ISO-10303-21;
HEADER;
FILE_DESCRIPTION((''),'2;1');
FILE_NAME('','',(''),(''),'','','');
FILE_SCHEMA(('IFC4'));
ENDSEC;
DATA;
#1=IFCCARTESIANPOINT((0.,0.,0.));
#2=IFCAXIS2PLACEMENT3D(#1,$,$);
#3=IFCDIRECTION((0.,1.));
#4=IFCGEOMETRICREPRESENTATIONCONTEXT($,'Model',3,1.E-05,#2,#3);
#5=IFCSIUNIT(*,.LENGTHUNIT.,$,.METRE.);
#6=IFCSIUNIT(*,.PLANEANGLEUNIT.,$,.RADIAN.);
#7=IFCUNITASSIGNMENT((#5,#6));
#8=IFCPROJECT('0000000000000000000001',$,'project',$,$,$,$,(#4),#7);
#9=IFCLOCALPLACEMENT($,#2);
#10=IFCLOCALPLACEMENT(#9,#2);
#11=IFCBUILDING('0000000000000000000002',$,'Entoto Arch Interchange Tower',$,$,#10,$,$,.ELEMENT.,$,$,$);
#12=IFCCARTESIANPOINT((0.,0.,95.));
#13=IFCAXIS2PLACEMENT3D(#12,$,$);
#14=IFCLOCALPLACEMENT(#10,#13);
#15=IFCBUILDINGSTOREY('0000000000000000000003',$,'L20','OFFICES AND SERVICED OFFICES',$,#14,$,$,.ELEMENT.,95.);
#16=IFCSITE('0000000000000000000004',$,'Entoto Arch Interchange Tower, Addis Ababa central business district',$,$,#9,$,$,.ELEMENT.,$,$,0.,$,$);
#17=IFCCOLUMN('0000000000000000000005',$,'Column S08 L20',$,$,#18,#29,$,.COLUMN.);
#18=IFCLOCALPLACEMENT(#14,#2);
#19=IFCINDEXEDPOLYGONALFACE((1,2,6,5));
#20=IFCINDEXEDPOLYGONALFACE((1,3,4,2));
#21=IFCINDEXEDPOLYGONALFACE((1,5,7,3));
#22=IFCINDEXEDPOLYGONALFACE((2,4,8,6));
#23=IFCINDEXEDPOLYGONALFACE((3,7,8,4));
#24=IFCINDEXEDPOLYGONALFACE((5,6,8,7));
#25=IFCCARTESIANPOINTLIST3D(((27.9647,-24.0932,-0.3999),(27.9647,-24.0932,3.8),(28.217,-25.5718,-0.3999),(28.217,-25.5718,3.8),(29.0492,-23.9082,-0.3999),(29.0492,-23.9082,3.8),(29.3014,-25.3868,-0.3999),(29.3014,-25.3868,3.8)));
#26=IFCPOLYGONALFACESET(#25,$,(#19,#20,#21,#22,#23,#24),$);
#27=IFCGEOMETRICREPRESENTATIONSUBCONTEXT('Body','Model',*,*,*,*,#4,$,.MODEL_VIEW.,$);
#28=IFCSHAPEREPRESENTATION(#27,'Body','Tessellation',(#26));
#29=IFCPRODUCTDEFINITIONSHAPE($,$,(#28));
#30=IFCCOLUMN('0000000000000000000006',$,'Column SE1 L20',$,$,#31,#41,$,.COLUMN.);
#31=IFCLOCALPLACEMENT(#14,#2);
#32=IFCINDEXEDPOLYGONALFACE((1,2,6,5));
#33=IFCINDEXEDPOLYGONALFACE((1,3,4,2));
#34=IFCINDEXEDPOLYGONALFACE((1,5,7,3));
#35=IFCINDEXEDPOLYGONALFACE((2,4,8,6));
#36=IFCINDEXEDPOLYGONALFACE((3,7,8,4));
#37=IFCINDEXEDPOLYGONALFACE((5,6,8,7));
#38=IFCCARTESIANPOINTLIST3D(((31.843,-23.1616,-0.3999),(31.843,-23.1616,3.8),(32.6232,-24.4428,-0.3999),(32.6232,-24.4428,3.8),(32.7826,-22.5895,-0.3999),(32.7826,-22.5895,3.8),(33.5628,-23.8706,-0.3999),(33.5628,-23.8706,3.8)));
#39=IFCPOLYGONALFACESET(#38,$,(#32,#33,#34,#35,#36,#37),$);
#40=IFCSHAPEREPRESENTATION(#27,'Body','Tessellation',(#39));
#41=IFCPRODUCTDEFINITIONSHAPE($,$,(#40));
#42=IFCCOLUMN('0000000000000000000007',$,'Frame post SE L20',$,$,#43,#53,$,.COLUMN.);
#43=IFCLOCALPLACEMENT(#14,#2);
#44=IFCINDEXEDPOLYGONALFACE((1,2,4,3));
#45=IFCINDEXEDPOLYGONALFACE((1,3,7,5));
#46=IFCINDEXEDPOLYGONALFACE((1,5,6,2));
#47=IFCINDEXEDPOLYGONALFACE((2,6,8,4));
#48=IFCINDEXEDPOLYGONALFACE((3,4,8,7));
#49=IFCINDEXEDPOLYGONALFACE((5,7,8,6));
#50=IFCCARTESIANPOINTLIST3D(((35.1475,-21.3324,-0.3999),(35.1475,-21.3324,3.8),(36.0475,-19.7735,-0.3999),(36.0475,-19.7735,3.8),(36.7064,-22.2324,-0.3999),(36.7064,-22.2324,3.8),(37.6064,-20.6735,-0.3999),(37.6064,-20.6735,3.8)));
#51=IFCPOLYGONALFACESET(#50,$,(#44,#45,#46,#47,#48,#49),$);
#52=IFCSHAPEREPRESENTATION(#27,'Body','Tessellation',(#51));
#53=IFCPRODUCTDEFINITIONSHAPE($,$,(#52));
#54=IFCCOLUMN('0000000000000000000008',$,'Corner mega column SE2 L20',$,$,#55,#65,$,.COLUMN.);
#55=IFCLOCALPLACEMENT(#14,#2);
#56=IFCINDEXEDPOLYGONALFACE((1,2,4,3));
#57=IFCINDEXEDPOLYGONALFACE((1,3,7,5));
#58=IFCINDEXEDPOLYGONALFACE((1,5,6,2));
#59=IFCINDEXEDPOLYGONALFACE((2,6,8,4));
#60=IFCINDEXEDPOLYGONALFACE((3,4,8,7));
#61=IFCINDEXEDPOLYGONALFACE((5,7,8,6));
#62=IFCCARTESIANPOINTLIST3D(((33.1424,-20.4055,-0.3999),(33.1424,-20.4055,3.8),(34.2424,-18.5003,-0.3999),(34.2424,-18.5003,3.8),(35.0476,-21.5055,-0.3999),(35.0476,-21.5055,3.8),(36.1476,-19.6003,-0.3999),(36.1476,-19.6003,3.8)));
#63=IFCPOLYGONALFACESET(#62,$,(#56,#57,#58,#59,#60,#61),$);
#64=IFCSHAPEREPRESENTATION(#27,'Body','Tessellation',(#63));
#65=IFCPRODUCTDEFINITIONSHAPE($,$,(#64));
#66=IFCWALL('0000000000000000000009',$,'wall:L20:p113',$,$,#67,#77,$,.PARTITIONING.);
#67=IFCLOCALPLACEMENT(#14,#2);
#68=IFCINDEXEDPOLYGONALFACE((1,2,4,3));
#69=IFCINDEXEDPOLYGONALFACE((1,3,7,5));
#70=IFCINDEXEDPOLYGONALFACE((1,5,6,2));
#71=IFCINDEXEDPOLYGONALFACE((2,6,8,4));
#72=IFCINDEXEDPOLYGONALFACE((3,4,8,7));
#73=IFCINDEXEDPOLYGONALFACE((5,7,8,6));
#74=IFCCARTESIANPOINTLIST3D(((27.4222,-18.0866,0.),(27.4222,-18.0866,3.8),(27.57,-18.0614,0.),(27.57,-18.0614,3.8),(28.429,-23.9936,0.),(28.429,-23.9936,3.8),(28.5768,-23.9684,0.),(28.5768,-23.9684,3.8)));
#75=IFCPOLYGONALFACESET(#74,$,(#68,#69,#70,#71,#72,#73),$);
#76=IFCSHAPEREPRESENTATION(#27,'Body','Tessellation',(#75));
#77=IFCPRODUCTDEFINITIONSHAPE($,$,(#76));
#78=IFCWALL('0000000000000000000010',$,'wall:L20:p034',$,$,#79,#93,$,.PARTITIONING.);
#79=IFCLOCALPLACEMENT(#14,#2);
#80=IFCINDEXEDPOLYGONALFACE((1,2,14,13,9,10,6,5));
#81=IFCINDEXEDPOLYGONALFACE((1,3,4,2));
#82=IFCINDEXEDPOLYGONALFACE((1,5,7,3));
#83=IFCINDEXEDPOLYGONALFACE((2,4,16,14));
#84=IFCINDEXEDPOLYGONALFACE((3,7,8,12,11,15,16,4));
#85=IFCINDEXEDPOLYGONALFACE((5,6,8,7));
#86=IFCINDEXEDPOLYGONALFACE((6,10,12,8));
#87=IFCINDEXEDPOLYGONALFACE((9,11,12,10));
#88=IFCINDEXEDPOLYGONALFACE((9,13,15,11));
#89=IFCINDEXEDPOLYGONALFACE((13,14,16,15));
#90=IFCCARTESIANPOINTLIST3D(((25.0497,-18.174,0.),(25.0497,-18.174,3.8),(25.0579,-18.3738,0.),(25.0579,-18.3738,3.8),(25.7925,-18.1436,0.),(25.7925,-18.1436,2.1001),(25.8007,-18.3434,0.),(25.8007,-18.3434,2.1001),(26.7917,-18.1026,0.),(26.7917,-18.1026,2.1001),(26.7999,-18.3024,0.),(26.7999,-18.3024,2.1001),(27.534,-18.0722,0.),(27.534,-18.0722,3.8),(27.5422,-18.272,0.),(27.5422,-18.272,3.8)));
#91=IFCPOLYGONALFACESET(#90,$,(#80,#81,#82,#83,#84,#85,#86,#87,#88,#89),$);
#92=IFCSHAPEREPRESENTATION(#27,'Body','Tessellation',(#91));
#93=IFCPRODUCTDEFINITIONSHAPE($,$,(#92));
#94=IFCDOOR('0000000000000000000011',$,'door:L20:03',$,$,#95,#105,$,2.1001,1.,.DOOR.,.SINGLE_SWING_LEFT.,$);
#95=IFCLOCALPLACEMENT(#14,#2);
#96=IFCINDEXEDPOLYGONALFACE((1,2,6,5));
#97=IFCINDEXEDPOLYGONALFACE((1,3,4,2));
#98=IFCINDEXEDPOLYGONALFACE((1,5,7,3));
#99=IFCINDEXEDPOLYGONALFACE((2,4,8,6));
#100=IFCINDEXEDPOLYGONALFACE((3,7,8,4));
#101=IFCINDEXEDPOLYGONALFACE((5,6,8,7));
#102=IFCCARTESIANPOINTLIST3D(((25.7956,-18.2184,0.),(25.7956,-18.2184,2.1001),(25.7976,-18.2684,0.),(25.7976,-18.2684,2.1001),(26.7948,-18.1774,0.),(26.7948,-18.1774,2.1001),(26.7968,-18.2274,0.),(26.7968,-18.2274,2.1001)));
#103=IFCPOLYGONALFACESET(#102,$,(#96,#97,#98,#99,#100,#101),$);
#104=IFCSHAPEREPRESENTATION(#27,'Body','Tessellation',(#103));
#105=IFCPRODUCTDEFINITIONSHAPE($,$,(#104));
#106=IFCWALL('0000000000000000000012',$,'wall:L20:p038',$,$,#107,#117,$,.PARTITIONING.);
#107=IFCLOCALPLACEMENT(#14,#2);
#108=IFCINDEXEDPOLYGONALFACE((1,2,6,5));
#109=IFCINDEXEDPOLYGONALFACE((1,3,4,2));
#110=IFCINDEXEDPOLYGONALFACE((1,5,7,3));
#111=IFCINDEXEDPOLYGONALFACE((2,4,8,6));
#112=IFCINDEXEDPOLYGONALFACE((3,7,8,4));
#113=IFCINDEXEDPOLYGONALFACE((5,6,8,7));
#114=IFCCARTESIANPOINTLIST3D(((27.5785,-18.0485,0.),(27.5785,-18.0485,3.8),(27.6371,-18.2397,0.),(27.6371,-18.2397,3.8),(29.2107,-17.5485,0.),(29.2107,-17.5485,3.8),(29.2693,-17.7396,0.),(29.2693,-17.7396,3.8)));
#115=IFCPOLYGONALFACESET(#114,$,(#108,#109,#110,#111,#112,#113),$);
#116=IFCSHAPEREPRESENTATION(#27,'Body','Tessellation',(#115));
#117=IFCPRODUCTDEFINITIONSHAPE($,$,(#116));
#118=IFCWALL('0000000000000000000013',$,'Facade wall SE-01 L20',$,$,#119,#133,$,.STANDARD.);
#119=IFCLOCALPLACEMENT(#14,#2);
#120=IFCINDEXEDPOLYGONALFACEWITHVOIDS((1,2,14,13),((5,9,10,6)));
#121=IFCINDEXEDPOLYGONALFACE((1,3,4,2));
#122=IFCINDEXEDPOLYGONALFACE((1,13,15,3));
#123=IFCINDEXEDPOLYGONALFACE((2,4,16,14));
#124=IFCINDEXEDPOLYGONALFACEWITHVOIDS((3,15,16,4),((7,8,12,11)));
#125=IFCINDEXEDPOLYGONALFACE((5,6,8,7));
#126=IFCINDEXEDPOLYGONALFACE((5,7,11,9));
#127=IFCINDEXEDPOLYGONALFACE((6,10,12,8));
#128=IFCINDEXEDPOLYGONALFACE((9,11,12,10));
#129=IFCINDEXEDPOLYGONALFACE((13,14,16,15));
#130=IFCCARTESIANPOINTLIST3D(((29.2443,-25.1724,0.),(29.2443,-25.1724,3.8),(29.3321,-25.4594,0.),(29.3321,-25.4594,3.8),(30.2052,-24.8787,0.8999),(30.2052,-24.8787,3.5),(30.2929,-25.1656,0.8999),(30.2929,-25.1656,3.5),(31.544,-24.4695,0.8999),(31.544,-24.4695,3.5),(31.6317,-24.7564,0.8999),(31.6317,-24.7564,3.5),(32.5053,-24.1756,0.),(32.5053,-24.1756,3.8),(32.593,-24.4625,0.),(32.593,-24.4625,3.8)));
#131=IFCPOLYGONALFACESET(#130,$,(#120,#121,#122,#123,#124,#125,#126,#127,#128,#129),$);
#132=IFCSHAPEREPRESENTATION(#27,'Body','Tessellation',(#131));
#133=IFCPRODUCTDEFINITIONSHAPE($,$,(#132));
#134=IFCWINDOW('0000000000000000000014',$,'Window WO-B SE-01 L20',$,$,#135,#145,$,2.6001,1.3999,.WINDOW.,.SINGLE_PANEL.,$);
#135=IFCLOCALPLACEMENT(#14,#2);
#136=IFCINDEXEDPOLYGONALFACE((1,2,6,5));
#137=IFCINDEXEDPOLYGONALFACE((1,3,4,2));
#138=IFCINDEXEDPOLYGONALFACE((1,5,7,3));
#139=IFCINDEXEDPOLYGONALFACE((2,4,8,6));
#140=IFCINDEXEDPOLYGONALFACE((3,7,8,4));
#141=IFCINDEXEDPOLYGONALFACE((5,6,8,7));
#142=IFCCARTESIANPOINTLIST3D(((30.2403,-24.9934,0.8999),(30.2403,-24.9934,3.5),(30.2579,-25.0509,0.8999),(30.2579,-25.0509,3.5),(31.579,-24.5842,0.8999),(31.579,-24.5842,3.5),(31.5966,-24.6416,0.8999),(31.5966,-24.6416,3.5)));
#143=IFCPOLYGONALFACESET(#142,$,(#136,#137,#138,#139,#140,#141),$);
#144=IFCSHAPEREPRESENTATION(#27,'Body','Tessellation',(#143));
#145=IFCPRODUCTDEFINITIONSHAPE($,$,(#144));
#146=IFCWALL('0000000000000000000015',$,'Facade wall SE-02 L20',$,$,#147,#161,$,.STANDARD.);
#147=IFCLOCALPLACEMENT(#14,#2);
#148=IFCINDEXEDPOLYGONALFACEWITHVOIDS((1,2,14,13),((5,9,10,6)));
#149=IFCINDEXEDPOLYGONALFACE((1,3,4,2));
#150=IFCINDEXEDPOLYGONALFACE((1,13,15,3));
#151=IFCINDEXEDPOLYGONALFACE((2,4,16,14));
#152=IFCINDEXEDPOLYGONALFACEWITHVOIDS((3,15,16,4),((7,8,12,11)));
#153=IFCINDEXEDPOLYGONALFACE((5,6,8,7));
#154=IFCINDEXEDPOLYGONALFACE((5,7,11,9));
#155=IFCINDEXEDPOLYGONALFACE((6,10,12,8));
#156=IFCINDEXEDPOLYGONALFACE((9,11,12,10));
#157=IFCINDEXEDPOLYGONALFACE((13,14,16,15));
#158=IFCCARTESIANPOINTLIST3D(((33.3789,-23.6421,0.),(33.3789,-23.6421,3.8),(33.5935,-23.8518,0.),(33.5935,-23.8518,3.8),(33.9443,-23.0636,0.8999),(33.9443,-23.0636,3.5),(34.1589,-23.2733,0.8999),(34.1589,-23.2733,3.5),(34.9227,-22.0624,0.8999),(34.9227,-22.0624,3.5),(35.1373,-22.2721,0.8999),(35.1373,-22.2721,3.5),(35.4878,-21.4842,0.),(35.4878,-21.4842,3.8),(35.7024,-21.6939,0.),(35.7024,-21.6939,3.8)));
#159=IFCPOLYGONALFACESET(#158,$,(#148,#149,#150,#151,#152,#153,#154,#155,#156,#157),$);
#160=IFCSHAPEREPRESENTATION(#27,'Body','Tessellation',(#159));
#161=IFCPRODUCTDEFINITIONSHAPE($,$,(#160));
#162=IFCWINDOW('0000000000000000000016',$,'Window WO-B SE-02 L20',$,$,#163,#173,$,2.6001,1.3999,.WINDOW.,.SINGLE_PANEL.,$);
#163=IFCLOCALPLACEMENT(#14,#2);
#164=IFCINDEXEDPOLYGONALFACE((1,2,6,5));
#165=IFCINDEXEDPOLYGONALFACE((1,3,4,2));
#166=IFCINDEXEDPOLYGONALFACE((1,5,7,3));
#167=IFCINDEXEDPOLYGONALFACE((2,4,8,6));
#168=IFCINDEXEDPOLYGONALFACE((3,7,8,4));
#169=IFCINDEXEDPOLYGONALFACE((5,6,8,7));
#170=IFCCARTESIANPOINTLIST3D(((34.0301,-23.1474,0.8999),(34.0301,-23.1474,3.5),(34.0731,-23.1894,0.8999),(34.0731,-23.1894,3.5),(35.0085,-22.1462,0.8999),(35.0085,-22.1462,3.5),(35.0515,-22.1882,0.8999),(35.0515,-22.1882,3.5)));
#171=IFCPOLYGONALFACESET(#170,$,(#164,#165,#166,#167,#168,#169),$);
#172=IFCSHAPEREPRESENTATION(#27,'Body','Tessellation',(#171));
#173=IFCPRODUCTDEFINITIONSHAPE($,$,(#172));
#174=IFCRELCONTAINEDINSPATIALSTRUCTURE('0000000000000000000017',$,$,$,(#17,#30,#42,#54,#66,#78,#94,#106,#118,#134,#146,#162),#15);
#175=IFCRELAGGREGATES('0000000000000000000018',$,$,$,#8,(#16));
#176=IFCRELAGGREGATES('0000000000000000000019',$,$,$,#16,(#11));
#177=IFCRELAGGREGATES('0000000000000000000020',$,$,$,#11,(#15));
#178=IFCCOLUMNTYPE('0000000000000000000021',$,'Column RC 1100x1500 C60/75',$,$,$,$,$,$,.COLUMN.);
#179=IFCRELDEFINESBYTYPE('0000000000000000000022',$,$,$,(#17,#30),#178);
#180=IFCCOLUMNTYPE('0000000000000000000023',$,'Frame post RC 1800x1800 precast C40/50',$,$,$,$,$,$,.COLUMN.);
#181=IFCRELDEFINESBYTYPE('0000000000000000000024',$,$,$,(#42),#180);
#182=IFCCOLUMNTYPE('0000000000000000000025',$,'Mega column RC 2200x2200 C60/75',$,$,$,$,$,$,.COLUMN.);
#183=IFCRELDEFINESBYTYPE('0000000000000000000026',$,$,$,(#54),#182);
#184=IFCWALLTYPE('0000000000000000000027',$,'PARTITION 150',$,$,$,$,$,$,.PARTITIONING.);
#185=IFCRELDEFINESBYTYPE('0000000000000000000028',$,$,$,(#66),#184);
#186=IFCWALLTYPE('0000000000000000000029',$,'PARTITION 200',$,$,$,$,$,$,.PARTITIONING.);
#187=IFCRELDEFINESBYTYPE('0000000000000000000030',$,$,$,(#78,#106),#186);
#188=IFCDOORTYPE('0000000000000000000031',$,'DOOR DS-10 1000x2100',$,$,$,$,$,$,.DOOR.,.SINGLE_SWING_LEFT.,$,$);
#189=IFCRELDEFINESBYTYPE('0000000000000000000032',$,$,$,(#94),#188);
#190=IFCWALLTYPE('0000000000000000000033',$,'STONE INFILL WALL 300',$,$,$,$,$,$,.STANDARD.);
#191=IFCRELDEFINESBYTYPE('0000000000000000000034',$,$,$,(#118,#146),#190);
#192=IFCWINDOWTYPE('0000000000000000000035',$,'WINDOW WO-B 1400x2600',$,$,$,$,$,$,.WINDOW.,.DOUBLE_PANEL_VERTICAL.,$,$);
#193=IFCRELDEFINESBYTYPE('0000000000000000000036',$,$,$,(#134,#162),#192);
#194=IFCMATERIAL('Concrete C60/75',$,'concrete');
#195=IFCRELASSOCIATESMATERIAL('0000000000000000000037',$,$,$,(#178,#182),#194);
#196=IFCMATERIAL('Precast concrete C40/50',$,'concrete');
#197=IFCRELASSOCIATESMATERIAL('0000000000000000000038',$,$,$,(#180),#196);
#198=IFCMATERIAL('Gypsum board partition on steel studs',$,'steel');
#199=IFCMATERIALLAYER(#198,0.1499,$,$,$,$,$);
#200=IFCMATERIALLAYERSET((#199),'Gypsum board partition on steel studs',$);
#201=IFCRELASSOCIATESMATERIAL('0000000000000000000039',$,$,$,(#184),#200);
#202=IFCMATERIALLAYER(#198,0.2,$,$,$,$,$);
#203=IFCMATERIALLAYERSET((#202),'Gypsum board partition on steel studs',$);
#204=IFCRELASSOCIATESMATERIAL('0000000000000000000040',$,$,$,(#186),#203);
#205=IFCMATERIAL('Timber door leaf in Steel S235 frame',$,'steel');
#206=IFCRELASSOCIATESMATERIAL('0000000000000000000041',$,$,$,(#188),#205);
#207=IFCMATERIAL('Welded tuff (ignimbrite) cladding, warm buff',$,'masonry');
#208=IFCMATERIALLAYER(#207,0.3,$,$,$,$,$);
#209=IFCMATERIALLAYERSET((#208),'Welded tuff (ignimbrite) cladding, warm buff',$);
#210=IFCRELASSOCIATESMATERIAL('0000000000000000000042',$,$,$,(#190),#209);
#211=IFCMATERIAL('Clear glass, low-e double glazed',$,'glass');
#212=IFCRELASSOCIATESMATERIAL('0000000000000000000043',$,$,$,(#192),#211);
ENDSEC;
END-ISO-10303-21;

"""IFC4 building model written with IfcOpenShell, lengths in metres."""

from ifc_helpers import new_model, si_unit, direction, frame, frame_2d, origin, origin_2d, place, context, subcontext, project, spatial, rectangle, extrude, material, layer, layer_set, material_profile, profile_set, type_object, element, fill, save


model = new_model("IFC4")

# Units and contexts
model_context = context("Model", 3, precision=1e-05, world=origin(), true_north=direction((0.0, 1.0)))
body_context = subcontext(model_context, "Body", "Model", "MODEL_VIEW")
ifc_project = project(units=[si_unit("LENGTHUNIT", "METRE"), si_unit("PLANEANGLEUNIT", "RADIAN")], contexts=[model_context])

# Site, building, storey
site_placement = place(None, origin())
site = spatial("IfcSite", under=ifc_project, at=site_placement, Name="Entoto Arch Interchange Tower, Addis Ababa central business district", CompositionType="ELEMENT", RefElevation=0.0)
building_placement = place(site_placement, origin())
building = spatial("IfcBuilding", under=site, at=building_placement, Name="Entoto Arch Interchange Tower", CompositionType="ELEMENT")
storey_placement = place(building_placement, frame((0.0, 0.0, 95.0)))
storey = spatial("IfcBuildingStorey", under=building, at=storey_placement, Name="L20", Description="OFFICES AND SERVICED OFFICES", CompositionType="ELEMENT", Elevation=95.0)

# Columns
ifc_material_1 = material(Name="Concrete C60/75", Category="concrete")
ifc_material_profile_1 = material_profile(ifc_material_1, rectangle(XDim=1.1001, YDim=1.5, at=origin_2d()))
ifc_profile_set_1 = profile_set([ifc_material_profile_1], Name="Concrete C60/75")
column_type_1 = type_object("IfcColumnType", Name="Column RC 1100x1500 C60/75", PredefinedType="COLUMN", material=ifc_profile_set_1)
for number, where, z_axis, x_axis, name in (
    (1, (28.6331, -24.74, -0.3999), (0.0, 0.0, 1.0), (0.985759, 0.168162, 0.0), "Column S08 L20"),
    (2, (32.7029, -23.5161, -0.3999), (0.0, 0.0, 1.0), (0.854096, 0.520116, 0.0), "Column SE1 L20"),
):
    element("IfcColumn", number, at=place(storey_placement, frame(where, z_axis=z_axis, x_axis=x_axis)), inside=storey, type_object=column_type_1, Name=name, PredefinedType="COLUMN", context=body_context, shape_type="SweptSolid", body=[
        extrude(rectangle(XDim=1.1001, YDim=1.5, at=origin_2d()), origin(), (0.0, 0.0, 1.0), 4.2),
    ])
ifc_material_2 = material(Name="Precast concrete C40/50", Category="concrete")
ifc_material_profile_2 = material_profile(ifc_material_2, rectangle(XDim=1.8, YDim=1.8, at=origin_2d()))
ifc_profile_set_2 = profile_set([ifc_material_profile_2], Name="Precast concrete C40/50")
column_type_2 = type_object("IfcColumnType", Name="Frame post RC 1800x1800 precast C40/50", PredefinedType="COLUMN", material=ifc_profile_set_2)
column_1_placement = place(storey_placement, frame((36.377, -21.0029, -0.3999), z_axis=(0.0, 0.0, 1.0), x_axis=(-0.866025, 0.5, 0.0)))
element("IfcColumn", 3, at=column_1_placement, inside=storey, type_object=column_type_2, Name="Frame post SE L20", PredefinedType="COLUMN", context=body_context, shape_type="SweptSolid", body=[
    extrude(rectangle(XDim=1.8, YDim=1.8, at=origin_2d()), origin(), (0.0, 0.0, 1.0), 4.2),
])
ifc_material_profile_3 = material_profile(ifc_material_1, rectangle(XDim=2.2, YDim=2.2, at=origin_2d()))
ifc_profile_set_3 = profile_set([ifc_material_profile_3], Name="Concrete C60/75")
column_type_3 = type_object("IfcColumnType", Name="Mega column RC 2200x2200 C60/75", PredefinedType="COLUMN", material=ifc_profile_set_3)
column_2_placement = place(storey_placement, frame((34.645, -20.0029, -0.3999), z_axis=(0.0, 0.0, 1.0), x_axis=(-0.866025, 0.5, 0.0)))
element("IfcColumn", 4, at=column_2_placement, inside=storey, type_object=column_type_3, Name="Corner mega column SE2 L20", PredefinedType="COLUMN", context=body_context, shape_type="SweptSolid", body=[
    extrude(rectangle(XDim=2.2, YDim=2.2, at=origin_2d()), origin(), (0.0, 0.0, 1.0), 4.2),
])

# Wall
ifc_material_3 = material(Name="Gypsum board partition on steel studs", Category="steel")
ifc_layer_1 = layer(ifc_material_3, 0.1499)
ifc_layer_set_1 = layer_set([ifc_layer_1], Name="Gypsum board partition on steel studs")
wall_type_1 = type_object("IfcWallType", Name="PARTITION 150", PredefinedType="PARTITIONING", material=ifc_layer_set_1)
wall_1_placement = place(storey_placement, frame((27.4961, -18.074, 0.0), z_axis=(0.0, 0.0, 1.0), x_axis=(0.168025, -0.985783, 0.0)))
element("IfcWall", 5, at=wall_1_placement, inside=storey, type_object=wall_type_1, Name="wall:L20:p113", PredefinedType="PARTITIONING", context=body_context, shape_type="SweptSolid", body=[
    extrude(rectangle(XDim=5.9922, YDim=0.1499, at=frame_2d((2.9961, 0.0))), origin(), (0.0, 0.0, 1.0), 3.8),
])

# Wall, opening, door
ifc_layer_2 = layer(ifc_material_3, 0.2)
ifc_layer_set_2 = layer_set([ifc_layer_2], Name="Gypsum board partition on steel studs")
wall_type_2 = type_object("IfcWallType", Name="PARTITION 200", PredefinedType="PARTITIONING", material=ifc_layer_set_2)
wall_2_placement = place(storey_placement, frame((27.5381, -18.1721, 0.0), z_axis=(0.0, 0.0, 1.0), x_axis=(-0.999161, -0.040948, 0.0)))
wall_2 = element("IfcWall", 6, at=wall_2_placement, inside=storey, type_object=wall_type_2, Name="wall:L20:p034", PredefinedType="PARTITIONING", context=body_context, shape_type="SweptSolid", body=[
    extrude(rectangle(XDim=2.4863, YDim=0.2, at=frame_2d((1.2432, 0.0))), origin(), (0.0, 0.0, 1.0), 3.8),
])
opening_1_placement = place(wall_2_placement, frame((0.7429, 0.0, 0.0)))
opening_1 = element("IfcOpeningElement", 7, at=opening_1_placement, cuts=wall_2, PredefinedType="OPENING", context=body_context, shape_type="SweptSolid", body=[
    extrude(rectangle(XDim=1.0, YDim=2.1001, at=frame_2d((0.5, 1.05))), frame((0.0, 0.1099, 0.0), z_axis=(0.0, -1.0, 0.0), x_axis=(1.0, 0.0, 0.0)), (0.0, 0.0, 1.0), 0.22),
])
ifc_material_4 = material(Name="Timber door leaf in Steel S235 frame", Category="steel")
door_type = type_object("IfcDoorType", Name="DOOR DS-10 1000x2100", OperationType="SINGLE_SWING_LEFT", PredefinedType="DOOR", material=ifc_material_4)
door_placement = place(opening_1_placement, origin())
door = element("IfcDoor", 8, at=door_placement, inside=storey, type_object=door_type, Name="door:L20:03", OperationType="SINGLE_SWING_LEFT", OverallHeight=2.1001, OverallWidth=1.0, PredefinedType="DOOR", context=body_context, shape_type="SweptSolid", body=[
    extrude(rectangle(XDim=1.0, YDim=2.1001, at=frame_2d((0.5, 1.05))), frame((0.0, 0.0249, 0.0), z_axis=(0.0, -1.0, 0.0), x_axis=(1.0, 0.0, 0.0)), (0.0, 0.0, 1.0), 0.05),
])
fill(opening_1, door)

# Wall
wall_3_placement = place(storey_placement, frame((29.24, -17.644, 0.0), z_axis=(0.0, 0.0, 1.0), x_axis=(-0.956137, -0.29292, 0.0)))
element("IfcWall", 9, at=wall_3_placement, inside=storey, type_object=wall_type_2, Name="wall:L20:p038", PredefinedType="PARTITIONING", context=body_context, shape_type="SweptSolid", body=[
    extrude(rectangle(XDim=1.707, YDim=0.2, at=frame_2d((0.8535, 0.0))), origin(), (0.0, 0.0, 1.0), 3.8),
])

# Walls, openings, windows
ifc_material_5 = material(Name="Welded tuff (ignimbrite) cladding, warm buff", Category="masonry")
ifc_layer_3 = layer(ifc_material_5, 0.3)
ifc_layer_set_3 = layer_set([ifc_layer_3], Name="Welded tuff (ignimbrite) cladding, warm buff")
wall_type_3 = type_object("IfcWallType", Name="STONE INFILL WALL 300", PredefinedType="STANDARD", material=ifc_layer_set_3)
wall_4_placement = place(storey_placement, frame((29.2881, -25.3159, 0.0), z_axis=(0.0, 0.0, 1.0), x_axis=(0.956318, 0.292329, 0.0)))
wall_4 = element("IfcWall", 10, at=wall_4_placement, inside=storey, type_object=wall_type_3, Name="Facade wall SE-01 L20", PredefinedType="STANDARD", context=body_context, shape_type="SweptSolid", body=[
    extrude(rectangle(XDim=3.4099, YDim=0.3, at=frame_2d((1.7051, 0.0))), origin(), (0.0, 0.0, 1.0), 3.8),
])
opening_2_placement = place(wall_4_placement, frame((1.0049, 0.0, 0.8999)))
opening_2 = element("IfcOpeningElement", 11, at=opening_2_placement, cuts=wall_4, PredefinedType="OPENING", context=body_context, shape_type="SweptSolid", body=[
    extrude(rectangle(XDim=1.3999, YDim=2.6001, at=frame_2d((0.7, 1.3))), frame((0.0, 0.1602, 0.0), z_axis=(0.0, -1.0, 0.0), x_axis=(1.0, 0.0, 0.0)), (0.0, 0.0, 1.0), 0.3201),
])
ifc_material_6 = material(Name="Clear glass, low-e double glazed", Category="glass")
window_type = type_object("IfcWindowType", Name="WINDOW WO-B 1400x2600", PartitioningType="DOUBLE_PANEL_VERTICAL", PredefinedType="WINDOW", material=ifc_material_6)
window_1_placement = place(opening_2_placement, origin())
window_1 = element("IfcWindow", 12, at=window_1_placement, inside=storey, type_object=window_type, Name="Window WO-B SE-01 L20", OverallHeight=2.6001, OverallWidth=1.3999, PartitioningType="SINGLE_PANEL", PredefinedType="WINDOW", context=body_context, shape_type="SweptSolid", body=[
    extrude(rectangle(XDim=1.3999, YDim=2.6001, at=frame_2d((0.7, 1.3))), frame((0.0, 0.03, 0.0), z_axis=(0.0, -1.0, 0.0), x_axis=(1.0, 0.0, 0.0)), (0.0, 0.0, 1.0), 0.0601),
])
fill(opening_2, window_1)
wall_5_placement = place(storey_placement, frame((33.4861, -23.7471, 0.0), z_axis=(0.0, 0.0, 1.0), x_axis=(0.698928, 0.715192, 0.0)))
wall_5 = element("IfcWall", 13, at=wall_5_placement, inside=storey, type_object=wall_type_3, Name="Facade wall SE-02 L20", PredefinedType="STANDARD", context=body_context, shape_type="SweptSolid", body=[
    extrude(rectangle(XDim=3.0173, YDim=0.3, at=frame_2d((1.5088, 0.0))), origin(), (0.0, 0.0, 1.0), 3.8),
])
opening_3_placement = place(wall_5_placement, frame((0.8091, 0.0, 0.8999)))
opening_3 = element("IfcOpeningElement", 14, at=opening_3_placement, cuts=wall_5, PredefinedType="OPENING", context=body_context, shape_type="SweptSolid", body=[
    extrude(rectangle(XDim=1.3999, YDim=2.6001, at=frame_2d((0.7, 1.3))), frame((0.0, 0.1602, 0.0), z_axis=(0.0, -1.0, 0.0), x_axis=(1.0, 0.0, 0.0)), (0.0, 0.0, 1.0), 0.3201),
])
window_2_placement = place(opening_3_placement, origin())
window_2 = element("IfcWindow", 15, at=window_2_placement, inside=storey, type_object=window_type, Name="Window WO-B SE-02 L20", OverallHeight=2.6001, OverallWidth=1.3999, PartitioningType="SINGLE_PANEL", PredefinedType="WINDOW", context=body_context, shape_type="SweptSolid", body=[
    extrude(rectangle(XDim=1.3999, YDim=2.6001, at=frame_2d((0.7, 1.3))), frame((0.0, 0.03, 0.0), z_axis=(0.0, -1.0, 0.0), x_axis=(1.0, 0.0, 0.0)), (0.0, 0.0, 1.0), 0.0601),
])
fill(opening_3, window_2)

save(model, "model.ifc")
